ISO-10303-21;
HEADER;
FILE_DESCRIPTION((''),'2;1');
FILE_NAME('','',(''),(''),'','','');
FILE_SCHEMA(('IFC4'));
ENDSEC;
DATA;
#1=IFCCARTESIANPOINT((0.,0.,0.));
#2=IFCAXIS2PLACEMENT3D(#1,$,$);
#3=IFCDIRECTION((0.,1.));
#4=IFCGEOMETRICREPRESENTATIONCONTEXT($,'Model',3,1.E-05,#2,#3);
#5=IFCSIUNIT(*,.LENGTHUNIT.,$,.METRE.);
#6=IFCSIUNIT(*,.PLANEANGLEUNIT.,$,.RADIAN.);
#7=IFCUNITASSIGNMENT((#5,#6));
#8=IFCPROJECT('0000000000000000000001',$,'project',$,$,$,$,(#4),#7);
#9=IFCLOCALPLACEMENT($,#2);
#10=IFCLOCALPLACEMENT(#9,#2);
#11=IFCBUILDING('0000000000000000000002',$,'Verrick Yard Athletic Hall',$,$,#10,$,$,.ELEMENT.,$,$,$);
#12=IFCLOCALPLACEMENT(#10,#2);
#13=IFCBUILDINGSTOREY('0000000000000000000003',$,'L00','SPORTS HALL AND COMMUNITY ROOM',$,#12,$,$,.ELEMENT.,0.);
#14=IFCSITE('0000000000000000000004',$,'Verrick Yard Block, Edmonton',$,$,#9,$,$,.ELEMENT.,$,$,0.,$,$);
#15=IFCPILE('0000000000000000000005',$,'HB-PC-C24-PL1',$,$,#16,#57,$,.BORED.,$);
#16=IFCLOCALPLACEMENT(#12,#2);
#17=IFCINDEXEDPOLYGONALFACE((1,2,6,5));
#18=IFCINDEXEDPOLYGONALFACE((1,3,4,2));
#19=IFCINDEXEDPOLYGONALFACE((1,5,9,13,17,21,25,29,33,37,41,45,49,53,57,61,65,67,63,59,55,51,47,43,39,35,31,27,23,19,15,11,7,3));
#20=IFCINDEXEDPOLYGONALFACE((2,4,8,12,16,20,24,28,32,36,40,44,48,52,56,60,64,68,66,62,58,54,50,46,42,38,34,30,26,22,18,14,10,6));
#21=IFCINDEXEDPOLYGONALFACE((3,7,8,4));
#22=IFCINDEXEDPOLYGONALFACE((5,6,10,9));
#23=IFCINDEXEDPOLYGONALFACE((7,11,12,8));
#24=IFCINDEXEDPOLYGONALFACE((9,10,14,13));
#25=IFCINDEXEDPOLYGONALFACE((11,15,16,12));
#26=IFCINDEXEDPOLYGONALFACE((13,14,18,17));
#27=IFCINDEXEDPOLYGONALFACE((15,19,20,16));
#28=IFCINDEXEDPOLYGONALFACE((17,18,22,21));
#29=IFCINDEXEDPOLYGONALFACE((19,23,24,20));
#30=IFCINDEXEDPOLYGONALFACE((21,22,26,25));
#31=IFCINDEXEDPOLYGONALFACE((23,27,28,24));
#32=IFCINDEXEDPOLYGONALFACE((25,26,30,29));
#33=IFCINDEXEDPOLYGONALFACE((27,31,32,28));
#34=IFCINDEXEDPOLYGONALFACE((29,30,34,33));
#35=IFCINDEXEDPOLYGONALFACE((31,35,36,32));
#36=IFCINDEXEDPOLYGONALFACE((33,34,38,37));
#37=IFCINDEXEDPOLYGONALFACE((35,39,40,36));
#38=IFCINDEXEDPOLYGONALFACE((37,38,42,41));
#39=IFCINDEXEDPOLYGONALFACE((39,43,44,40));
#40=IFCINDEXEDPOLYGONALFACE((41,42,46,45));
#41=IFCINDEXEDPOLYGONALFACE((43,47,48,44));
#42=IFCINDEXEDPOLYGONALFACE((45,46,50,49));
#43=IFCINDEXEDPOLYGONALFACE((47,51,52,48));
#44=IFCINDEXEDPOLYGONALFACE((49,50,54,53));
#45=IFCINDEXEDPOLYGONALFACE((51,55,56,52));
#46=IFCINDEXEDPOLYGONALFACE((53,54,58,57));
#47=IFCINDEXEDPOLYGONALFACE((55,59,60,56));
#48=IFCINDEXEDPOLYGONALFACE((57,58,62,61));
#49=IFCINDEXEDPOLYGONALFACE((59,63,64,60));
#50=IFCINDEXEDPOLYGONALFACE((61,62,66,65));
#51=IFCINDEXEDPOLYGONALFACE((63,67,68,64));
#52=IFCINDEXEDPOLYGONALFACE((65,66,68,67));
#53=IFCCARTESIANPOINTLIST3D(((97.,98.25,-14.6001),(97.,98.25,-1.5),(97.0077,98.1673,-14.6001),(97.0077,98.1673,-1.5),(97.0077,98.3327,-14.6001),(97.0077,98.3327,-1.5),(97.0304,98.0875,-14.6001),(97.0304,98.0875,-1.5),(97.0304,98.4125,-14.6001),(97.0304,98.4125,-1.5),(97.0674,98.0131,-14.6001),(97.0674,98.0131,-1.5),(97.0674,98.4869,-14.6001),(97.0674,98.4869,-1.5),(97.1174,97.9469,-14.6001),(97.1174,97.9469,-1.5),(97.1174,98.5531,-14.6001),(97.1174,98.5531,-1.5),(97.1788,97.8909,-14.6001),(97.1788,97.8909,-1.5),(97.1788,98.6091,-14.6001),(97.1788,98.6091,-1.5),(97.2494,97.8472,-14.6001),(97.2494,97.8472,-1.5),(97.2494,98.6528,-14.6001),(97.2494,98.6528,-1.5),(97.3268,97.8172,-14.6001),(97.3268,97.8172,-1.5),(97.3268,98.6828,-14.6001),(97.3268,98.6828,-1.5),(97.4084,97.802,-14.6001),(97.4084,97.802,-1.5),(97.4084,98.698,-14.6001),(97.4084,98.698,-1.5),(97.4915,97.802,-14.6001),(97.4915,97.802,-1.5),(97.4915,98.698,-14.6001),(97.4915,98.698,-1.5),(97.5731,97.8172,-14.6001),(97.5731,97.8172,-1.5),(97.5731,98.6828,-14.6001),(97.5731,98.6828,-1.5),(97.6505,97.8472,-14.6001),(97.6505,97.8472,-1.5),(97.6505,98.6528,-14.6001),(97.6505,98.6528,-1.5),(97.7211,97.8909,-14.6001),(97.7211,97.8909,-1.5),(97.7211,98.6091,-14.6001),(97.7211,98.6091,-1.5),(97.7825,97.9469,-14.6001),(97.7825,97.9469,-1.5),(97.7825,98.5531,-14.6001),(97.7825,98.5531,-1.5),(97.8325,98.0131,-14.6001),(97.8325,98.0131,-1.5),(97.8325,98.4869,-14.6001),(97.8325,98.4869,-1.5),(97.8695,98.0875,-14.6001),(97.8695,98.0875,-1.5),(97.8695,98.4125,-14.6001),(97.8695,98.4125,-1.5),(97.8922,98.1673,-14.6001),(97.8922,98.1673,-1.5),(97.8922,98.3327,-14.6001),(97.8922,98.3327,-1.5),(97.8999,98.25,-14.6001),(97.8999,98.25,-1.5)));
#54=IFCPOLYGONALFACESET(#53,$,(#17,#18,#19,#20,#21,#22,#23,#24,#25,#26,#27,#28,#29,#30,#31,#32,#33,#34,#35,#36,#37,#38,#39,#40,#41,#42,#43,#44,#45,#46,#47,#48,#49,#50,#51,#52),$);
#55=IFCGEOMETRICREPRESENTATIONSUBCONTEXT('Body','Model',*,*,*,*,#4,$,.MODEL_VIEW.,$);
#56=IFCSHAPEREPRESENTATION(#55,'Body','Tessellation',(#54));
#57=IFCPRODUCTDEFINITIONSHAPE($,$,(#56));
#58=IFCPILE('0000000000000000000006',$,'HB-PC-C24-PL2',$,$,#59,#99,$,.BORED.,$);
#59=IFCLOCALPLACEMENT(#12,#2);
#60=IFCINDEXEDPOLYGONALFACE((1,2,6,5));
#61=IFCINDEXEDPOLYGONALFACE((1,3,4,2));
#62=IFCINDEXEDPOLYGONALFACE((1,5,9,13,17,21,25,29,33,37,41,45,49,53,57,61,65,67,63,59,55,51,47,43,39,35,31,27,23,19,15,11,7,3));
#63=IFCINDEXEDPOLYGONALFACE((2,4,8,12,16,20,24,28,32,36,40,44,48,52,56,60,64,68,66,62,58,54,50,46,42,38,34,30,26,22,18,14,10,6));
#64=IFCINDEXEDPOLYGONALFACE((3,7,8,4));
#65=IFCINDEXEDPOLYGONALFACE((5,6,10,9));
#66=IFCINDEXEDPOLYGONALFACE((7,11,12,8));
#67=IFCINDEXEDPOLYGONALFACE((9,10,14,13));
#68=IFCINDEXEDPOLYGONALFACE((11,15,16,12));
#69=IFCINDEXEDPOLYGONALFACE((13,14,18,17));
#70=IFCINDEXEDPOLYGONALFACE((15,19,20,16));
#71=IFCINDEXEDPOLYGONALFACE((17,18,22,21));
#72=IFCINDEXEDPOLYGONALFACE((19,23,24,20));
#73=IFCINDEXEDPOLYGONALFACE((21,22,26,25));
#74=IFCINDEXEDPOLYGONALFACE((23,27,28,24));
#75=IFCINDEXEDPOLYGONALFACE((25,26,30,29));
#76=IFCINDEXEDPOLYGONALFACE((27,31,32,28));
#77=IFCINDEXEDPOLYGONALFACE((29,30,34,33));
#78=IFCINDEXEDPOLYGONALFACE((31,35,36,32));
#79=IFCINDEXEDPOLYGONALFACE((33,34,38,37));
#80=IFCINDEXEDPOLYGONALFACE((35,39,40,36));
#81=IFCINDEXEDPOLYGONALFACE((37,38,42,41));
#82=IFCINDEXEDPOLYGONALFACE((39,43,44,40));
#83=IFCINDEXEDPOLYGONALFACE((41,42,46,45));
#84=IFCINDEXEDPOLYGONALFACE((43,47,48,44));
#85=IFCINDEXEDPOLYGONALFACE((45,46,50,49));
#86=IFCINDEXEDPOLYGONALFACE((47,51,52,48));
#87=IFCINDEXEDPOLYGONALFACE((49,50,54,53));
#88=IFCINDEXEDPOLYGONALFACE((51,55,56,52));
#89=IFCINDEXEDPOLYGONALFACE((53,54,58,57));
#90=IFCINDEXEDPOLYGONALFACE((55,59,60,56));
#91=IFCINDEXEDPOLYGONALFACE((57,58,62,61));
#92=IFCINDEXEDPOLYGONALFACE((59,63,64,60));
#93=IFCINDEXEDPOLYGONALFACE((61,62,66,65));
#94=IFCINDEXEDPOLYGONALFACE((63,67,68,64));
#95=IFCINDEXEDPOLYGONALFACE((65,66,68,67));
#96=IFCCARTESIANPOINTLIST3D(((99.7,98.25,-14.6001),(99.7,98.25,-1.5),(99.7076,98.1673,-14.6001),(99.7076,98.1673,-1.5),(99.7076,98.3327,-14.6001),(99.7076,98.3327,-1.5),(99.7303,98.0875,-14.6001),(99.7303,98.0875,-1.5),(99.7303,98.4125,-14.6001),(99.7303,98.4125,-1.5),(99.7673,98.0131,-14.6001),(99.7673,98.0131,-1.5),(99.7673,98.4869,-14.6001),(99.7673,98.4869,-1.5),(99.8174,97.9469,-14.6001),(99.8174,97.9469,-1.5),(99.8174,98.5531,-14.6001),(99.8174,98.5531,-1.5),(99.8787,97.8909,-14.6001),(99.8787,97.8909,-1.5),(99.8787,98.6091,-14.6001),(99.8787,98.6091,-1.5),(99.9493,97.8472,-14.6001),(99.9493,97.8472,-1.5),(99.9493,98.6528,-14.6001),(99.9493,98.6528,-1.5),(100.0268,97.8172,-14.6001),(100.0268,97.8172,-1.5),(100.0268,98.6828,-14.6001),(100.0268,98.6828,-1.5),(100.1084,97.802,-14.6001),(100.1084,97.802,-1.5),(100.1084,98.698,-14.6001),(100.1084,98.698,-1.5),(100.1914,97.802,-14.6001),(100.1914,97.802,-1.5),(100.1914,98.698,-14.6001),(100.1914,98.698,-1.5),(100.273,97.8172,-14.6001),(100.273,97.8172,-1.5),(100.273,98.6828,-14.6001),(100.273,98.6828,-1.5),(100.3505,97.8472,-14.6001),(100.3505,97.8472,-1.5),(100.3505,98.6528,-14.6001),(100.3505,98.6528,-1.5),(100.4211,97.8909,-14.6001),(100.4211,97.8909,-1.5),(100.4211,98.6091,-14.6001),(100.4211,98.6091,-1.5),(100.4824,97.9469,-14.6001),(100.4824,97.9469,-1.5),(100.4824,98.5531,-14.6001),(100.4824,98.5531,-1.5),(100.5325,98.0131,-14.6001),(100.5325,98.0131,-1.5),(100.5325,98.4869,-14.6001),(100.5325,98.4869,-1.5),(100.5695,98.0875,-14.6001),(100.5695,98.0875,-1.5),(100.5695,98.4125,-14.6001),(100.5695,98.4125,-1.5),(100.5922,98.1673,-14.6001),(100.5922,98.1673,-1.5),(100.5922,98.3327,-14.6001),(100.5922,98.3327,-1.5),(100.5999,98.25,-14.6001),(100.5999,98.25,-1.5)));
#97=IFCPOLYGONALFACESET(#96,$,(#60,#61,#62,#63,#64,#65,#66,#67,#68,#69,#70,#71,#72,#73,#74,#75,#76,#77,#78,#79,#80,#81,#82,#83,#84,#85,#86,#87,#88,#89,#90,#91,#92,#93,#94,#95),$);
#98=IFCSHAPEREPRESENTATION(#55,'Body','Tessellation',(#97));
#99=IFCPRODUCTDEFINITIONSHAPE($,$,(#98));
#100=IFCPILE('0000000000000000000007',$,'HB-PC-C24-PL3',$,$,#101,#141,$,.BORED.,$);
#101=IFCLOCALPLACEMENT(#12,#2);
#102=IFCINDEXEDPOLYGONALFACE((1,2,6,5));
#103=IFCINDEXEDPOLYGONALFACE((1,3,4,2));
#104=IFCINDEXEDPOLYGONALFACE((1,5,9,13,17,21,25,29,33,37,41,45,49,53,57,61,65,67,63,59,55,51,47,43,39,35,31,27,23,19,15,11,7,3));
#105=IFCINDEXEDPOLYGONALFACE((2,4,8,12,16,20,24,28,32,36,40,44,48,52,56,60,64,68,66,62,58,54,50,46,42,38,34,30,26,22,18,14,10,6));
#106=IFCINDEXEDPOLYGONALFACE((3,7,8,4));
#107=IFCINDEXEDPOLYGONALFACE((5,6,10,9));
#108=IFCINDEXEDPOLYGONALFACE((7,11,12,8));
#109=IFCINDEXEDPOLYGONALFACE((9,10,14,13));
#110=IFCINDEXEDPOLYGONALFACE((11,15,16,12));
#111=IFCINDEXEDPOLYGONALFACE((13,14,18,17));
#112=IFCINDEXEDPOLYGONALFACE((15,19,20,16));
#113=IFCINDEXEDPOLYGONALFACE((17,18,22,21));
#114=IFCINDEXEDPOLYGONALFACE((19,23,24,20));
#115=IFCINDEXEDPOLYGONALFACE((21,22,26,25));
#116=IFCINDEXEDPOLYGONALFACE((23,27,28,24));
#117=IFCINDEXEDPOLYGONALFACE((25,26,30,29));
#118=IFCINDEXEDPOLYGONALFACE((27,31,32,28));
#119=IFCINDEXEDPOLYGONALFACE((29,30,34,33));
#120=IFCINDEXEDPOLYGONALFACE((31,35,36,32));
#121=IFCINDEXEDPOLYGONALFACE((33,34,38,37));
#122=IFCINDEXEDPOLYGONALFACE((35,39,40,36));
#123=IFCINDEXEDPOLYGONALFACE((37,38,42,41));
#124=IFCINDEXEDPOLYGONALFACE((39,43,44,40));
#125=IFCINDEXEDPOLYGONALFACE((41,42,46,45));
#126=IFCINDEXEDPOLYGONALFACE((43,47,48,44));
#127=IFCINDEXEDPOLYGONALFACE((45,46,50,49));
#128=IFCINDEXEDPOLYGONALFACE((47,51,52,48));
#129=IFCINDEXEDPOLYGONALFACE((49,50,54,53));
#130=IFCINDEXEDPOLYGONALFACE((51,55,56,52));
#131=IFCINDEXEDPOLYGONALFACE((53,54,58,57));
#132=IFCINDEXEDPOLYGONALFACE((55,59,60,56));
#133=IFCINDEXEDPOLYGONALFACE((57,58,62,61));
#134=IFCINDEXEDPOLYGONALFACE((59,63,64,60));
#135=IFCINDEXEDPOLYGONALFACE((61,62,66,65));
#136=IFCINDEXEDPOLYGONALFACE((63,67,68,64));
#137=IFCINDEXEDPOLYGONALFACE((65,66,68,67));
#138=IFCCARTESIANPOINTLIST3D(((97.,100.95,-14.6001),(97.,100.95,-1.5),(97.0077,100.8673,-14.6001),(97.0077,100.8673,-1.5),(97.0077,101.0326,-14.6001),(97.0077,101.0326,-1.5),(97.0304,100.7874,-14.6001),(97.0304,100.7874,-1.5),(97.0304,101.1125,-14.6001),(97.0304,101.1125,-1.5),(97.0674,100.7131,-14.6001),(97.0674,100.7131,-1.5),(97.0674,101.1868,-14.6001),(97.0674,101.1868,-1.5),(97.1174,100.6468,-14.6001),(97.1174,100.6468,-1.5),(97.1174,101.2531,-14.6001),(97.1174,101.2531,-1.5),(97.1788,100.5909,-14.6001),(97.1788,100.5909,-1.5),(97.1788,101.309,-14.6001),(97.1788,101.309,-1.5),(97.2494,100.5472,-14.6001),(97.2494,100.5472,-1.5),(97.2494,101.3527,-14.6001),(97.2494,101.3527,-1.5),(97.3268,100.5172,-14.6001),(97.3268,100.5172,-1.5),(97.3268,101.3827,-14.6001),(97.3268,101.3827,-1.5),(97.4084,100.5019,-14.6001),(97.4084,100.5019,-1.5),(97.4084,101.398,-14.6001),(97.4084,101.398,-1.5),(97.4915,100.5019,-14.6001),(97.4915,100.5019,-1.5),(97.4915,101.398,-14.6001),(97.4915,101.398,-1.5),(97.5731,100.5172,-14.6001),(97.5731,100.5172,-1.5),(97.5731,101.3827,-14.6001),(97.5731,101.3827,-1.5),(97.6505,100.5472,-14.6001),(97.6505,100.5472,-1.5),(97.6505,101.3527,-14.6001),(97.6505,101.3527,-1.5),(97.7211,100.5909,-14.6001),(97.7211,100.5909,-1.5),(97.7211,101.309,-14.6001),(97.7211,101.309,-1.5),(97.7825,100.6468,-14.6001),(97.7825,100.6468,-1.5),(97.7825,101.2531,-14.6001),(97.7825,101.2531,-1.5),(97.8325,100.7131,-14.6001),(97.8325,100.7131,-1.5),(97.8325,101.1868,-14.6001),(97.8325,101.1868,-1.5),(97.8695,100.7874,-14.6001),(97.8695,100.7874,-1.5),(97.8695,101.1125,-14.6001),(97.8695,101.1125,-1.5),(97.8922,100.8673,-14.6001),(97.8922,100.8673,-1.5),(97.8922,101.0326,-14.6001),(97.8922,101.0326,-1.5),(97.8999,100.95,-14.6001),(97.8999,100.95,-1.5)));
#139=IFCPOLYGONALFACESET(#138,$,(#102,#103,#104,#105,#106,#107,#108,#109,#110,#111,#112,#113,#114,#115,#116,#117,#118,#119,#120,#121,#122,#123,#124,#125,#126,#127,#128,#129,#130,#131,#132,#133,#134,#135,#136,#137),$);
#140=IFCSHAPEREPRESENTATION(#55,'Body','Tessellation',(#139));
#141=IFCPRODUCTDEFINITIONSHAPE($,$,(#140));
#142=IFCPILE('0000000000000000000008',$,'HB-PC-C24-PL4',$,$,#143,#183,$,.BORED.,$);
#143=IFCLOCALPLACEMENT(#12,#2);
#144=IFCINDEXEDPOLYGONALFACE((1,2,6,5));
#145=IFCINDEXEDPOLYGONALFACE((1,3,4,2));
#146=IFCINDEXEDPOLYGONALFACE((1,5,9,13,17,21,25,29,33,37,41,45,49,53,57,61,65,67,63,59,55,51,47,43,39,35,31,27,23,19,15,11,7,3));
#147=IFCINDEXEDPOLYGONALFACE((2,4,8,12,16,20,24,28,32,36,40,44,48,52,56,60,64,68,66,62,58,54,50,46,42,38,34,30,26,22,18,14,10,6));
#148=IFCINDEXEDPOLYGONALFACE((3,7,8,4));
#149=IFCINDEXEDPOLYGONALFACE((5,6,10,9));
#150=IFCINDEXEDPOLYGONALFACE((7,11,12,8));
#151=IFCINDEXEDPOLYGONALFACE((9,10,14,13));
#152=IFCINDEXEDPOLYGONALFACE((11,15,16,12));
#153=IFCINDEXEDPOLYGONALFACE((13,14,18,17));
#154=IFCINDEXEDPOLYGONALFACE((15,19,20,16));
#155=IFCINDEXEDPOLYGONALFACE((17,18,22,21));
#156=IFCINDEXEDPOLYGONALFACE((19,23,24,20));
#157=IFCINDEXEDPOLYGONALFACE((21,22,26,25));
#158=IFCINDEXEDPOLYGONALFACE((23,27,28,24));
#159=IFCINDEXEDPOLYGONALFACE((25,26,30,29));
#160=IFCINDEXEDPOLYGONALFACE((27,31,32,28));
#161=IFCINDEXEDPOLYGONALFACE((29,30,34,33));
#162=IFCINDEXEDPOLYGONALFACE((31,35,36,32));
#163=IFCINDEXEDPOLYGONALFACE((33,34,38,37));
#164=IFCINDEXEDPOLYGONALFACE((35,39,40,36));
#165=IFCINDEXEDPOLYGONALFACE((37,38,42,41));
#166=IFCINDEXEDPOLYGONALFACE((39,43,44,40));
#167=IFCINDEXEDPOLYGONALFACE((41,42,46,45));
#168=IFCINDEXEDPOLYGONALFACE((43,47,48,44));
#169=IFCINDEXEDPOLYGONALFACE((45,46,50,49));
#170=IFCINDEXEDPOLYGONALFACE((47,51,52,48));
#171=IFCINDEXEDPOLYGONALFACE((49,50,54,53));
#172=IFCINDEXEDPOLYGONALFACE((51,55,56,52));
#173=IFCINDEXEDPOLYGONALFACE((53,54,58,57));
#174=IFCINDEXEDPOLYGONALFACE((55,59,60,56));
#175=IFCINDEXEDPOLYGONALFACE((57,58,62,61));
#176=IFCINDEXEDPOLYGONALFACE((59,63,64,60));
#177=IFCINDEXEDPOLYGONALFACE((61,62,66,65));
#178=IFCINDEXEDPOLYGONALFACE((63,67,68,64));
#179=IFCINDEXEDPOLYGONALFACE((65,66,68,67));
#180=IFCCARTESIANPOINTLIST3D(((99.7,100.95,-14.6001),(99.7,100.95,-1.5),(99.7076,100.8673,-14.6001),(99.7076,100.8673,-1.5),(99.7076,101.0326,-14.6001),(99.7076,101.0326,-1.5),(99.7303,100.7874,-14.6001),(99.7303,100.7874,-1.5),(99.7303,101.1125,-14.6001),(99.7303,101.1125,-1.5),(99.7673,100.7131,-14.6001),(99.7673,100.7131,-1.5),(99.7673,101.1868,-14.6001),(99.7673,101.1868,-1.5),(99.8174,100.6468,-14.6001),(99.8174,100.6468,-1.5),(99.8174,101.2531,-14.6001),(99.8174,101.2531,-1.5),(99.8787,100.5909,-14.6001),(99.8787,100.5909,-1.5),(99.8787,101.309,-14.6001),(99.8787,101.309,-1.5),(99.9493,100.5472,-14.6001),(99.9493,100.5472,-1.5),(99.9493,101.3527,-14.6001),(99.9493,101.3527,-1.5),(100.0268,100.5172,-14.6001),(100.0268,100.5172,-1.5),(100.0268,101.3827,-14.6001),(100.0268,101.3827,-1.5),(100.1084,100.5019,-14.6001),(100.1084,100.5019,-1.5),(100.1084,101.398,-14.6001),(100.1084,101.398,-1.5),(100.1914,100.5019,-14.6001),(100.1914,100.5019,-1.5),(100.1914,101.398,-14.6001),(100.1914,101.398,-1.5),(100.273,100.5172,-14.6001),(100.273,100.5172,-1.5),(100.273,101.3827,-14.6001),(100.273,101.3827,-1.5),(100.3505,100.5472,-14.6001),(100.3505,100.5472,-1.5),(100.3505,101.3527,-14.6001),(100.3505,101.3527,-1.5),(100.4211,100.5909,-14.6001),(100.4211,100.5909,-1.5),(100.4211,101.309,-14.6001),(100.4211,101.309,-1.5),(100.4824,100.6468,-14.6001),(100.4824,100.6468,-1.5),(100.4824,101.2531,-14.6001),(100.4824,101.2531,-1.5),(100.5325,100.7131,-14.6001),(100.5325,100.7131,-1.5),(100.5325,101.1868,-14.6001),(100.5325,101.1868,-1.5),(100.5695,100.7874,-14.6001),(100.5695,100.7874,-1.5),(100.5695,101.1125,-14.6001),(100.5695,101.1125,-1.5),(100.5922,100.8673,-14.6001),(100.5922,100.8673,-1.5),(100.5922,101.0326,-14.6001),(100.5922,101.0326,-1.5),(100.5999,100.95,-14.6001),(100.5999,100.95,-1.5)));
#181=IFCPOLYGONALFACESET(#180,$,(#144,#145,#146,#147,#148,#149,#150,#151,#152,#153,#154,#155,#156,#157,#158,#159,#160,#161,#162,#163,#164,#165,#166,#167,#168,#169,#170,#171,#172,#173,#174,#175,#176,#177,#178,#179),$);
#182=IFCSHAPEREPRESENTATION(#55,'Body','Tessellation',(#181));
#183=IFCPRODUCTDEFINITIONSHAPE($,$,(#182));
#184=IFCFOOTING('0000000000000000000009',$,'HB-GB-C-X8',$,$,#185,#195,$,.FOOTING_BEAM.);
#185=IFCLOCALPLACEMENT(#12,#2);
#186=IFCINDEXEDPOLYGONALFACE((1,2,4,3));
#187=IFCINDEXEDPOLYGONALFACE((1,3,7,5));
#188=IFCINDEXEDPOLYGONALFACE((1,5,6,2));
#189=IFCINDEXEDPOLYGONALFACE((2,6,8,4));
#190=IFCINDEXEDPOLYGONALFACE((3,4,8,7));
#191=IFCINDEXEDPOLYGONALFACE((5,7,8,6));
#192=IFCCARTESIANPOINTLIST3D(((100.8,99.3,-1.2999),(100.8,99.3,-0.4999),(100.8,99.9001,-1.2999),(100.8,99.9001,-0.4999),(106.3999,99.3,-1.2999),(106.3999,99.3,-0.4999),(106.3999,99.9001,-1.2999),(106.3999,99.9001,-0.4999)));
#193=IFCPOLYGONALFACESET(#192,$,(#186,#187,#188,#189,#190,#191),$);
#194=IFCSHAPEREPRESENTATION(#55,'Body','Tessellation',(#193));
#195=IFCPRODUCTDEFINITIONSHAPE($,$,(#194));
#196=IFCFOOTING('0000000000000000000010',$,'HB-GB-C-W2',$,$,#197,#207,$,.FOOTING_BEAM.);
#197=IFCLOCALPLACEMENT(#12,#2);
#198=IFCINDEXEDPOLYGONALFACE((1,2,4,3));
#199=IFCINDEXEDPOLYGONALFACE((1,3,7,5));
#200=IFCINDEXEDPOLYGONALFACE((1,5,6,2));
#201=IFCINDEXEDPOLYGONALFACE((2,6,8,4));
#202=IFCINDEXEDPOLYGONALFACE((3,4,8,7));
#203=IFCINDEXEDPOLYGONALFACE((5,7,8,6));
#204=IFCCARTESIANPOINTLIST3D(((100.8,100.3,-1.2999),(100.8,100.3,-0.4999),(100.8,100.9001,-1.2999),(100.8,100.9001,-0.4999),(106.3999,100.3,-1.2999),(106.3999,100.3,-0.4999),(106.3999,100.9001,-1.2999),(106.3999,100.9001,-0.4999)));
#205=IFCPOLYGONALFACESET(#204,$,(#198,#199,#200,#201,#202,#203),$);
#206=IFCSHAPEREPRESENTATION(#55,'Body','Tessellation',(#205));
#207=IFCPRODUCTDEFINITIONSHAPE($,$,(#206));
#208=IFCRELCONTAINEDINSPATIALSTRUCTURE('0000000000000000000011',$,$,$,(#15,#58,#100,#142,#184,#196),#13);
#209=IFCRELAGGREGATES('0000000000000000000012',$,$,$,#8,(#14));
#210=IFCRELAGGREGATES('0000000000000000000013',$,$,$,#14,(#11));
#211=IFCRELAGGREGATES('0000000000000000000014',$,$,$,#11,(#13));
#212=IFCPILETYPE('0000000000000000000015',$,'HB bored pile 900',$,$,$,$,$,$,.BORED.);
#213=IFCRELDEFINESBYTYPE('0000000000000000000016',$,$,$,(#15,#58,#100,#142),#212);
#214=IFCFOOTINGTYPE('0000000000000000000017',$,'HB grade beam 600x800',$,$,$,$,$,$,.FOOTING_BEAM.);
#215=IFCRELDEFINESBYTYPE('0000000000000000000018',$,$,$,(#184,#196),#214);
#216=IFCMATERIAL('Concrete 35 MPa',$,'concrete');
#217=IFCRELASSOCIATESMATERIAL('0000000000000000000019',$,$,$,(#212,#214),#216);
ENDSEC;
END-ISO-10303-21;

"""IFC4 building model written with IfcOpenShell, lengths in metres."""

from ifc_helpers import new_model, si_unit, direction, frame, origin, origin_2d, place, context, subcontext, project, spatial, rectangle, circle, extrude, material, material_profile, profile_set, type_object, element, save


model = new_model("IFC4")

# Units and contexts
model_context = context("Model", 3, precision=1e-05, world=origin(), true_north=direction((0.0, 1.0)))
body_context = subcontext(model_context, "Body", "Model", "MODEL_VIEW")
ifc_project = project(units=[si_unit("LENGTHUNIT", "METRE"), si_unit("PLANEANGLEUNIT", "RADIAN")], contexts=[model_context])

# Site, building, storey
site_placement = place(None, origin())
site = spatial("IfcSite", under=ifc_project, at=site_placement, Name="Verrick Yard Block, Edmonton", CompositionType="ELEMENT", RefElevation=0.0)
building_placement = place(site_placement, origin())
building = spatial("IfcBuilding", under=site, at=building_placement, Name="Verrick Yard Athletic Hall", CompositionType="ELEMENT")
storey_placement = place(building_placement, origin())
storey = spatial("IfcBuildingStorey", under=building, at=storey_placement, Name="L00", Description="SPORTS HALL AND COMMUNITY ROOM", CompositionType="ELEMENT", Elevation=0.0)

# Piles
ifc_material_1 = material(Name="Concrete 35 MPa", Category="concrete")
ifc_material_profile_1 = material_profile(ifc_material_1, circle(Radius=0.45, at=origin_2d()), Name="Bored pile 900")
ifc_profile_set_1 = profile_set([ifc_material_profile_1], Name="Concrete 35 MPa")
pile_type = type_object("IfcPileType", Name="HB bored pile 900", PredefinedType="BORED", material=ifc_profile_set_1)
for number, where, z_axis, x_axis, name in (
    (1, (97.45, 98.25, -1.5), (0.0, 0.0, -1.0), (1.0, 0.0, 0.0), "HB-PC-C24-PL1"),
    (2, (100.1499, 98.25, -1.5), (0.0, 0.0, -1.0), (1.0, 0.0, 0.0), "HB-PC-C24-PL2"),
    (3, (97.45, 100.95, -1.5), (0.0, 0.0, -1.0), (1.0, 0.0, 0.0), "HB-PC-C24-PL3"),
    (4, (100.1499, 100.95, -1.5), (0.0, 0.0, -1.0), (1.0, 0.0, 0.0), "HB-PC-C24-PL4"),
):
    element("IfcPile", number, at=place(storey_placement, frame(where, z_axis=z_axis, x_axis=x_axis)), inside=storey, type_object=pile_type, Name=name, PredefinedType="BORED", context=body_context, shape_type="SweptSolid", body=[
        extrude(circle(Radius=0.45, at=origin_2d()), origin(), (0.0, 0.0, 1.0), 13.1001),
    ])

# Footings
ifc_material_profile_2 = material_profile(ifc_material_1, rectangle(XDim=0.6001, YDim=0.8, at=origin_2d()), Name="Grade beam 600x800")
ifc_profile_set_2 = profile_set([ifc_material_profile_2], Name="Concrete 35 MPa")
footing_type = type_object("IfcFootingType", Name="HB grade beam 600x800", PredefinedType="FOOTING_BEAM", material=ifc_profile_set_2)
for number, where, z_axis, x_axis, name in (
    (5, (100.8, 99.6001, -0.8999), (1.0, 0.0, 0.0), (0.0, 1.0, 0.0), "HB-GB-C-X8"),
    (6, (100.8, 100.6001, -0.8999), (1.0, 0.0, 0.0), (0.0, 1.0, 0.0), "HB-GB-C-W2"),
):
    element("IfcFooting", number, at=place(storey_placement, frame(where, z_axis=z_axis, x_axis=x_axis)), inside=storey, type_object=footing_type, Name=name, PredefinedType="FOOTING_BEAM", context=body_context, shape_type="SweptSolid", body=[
        extrude(rectangle(XDim=0.6001, YDim=0.8, at=origin_2d()), origin(), (0.0, 0.0, 1.0), 5.5999),
    ])

save(model, "model.ifc")
